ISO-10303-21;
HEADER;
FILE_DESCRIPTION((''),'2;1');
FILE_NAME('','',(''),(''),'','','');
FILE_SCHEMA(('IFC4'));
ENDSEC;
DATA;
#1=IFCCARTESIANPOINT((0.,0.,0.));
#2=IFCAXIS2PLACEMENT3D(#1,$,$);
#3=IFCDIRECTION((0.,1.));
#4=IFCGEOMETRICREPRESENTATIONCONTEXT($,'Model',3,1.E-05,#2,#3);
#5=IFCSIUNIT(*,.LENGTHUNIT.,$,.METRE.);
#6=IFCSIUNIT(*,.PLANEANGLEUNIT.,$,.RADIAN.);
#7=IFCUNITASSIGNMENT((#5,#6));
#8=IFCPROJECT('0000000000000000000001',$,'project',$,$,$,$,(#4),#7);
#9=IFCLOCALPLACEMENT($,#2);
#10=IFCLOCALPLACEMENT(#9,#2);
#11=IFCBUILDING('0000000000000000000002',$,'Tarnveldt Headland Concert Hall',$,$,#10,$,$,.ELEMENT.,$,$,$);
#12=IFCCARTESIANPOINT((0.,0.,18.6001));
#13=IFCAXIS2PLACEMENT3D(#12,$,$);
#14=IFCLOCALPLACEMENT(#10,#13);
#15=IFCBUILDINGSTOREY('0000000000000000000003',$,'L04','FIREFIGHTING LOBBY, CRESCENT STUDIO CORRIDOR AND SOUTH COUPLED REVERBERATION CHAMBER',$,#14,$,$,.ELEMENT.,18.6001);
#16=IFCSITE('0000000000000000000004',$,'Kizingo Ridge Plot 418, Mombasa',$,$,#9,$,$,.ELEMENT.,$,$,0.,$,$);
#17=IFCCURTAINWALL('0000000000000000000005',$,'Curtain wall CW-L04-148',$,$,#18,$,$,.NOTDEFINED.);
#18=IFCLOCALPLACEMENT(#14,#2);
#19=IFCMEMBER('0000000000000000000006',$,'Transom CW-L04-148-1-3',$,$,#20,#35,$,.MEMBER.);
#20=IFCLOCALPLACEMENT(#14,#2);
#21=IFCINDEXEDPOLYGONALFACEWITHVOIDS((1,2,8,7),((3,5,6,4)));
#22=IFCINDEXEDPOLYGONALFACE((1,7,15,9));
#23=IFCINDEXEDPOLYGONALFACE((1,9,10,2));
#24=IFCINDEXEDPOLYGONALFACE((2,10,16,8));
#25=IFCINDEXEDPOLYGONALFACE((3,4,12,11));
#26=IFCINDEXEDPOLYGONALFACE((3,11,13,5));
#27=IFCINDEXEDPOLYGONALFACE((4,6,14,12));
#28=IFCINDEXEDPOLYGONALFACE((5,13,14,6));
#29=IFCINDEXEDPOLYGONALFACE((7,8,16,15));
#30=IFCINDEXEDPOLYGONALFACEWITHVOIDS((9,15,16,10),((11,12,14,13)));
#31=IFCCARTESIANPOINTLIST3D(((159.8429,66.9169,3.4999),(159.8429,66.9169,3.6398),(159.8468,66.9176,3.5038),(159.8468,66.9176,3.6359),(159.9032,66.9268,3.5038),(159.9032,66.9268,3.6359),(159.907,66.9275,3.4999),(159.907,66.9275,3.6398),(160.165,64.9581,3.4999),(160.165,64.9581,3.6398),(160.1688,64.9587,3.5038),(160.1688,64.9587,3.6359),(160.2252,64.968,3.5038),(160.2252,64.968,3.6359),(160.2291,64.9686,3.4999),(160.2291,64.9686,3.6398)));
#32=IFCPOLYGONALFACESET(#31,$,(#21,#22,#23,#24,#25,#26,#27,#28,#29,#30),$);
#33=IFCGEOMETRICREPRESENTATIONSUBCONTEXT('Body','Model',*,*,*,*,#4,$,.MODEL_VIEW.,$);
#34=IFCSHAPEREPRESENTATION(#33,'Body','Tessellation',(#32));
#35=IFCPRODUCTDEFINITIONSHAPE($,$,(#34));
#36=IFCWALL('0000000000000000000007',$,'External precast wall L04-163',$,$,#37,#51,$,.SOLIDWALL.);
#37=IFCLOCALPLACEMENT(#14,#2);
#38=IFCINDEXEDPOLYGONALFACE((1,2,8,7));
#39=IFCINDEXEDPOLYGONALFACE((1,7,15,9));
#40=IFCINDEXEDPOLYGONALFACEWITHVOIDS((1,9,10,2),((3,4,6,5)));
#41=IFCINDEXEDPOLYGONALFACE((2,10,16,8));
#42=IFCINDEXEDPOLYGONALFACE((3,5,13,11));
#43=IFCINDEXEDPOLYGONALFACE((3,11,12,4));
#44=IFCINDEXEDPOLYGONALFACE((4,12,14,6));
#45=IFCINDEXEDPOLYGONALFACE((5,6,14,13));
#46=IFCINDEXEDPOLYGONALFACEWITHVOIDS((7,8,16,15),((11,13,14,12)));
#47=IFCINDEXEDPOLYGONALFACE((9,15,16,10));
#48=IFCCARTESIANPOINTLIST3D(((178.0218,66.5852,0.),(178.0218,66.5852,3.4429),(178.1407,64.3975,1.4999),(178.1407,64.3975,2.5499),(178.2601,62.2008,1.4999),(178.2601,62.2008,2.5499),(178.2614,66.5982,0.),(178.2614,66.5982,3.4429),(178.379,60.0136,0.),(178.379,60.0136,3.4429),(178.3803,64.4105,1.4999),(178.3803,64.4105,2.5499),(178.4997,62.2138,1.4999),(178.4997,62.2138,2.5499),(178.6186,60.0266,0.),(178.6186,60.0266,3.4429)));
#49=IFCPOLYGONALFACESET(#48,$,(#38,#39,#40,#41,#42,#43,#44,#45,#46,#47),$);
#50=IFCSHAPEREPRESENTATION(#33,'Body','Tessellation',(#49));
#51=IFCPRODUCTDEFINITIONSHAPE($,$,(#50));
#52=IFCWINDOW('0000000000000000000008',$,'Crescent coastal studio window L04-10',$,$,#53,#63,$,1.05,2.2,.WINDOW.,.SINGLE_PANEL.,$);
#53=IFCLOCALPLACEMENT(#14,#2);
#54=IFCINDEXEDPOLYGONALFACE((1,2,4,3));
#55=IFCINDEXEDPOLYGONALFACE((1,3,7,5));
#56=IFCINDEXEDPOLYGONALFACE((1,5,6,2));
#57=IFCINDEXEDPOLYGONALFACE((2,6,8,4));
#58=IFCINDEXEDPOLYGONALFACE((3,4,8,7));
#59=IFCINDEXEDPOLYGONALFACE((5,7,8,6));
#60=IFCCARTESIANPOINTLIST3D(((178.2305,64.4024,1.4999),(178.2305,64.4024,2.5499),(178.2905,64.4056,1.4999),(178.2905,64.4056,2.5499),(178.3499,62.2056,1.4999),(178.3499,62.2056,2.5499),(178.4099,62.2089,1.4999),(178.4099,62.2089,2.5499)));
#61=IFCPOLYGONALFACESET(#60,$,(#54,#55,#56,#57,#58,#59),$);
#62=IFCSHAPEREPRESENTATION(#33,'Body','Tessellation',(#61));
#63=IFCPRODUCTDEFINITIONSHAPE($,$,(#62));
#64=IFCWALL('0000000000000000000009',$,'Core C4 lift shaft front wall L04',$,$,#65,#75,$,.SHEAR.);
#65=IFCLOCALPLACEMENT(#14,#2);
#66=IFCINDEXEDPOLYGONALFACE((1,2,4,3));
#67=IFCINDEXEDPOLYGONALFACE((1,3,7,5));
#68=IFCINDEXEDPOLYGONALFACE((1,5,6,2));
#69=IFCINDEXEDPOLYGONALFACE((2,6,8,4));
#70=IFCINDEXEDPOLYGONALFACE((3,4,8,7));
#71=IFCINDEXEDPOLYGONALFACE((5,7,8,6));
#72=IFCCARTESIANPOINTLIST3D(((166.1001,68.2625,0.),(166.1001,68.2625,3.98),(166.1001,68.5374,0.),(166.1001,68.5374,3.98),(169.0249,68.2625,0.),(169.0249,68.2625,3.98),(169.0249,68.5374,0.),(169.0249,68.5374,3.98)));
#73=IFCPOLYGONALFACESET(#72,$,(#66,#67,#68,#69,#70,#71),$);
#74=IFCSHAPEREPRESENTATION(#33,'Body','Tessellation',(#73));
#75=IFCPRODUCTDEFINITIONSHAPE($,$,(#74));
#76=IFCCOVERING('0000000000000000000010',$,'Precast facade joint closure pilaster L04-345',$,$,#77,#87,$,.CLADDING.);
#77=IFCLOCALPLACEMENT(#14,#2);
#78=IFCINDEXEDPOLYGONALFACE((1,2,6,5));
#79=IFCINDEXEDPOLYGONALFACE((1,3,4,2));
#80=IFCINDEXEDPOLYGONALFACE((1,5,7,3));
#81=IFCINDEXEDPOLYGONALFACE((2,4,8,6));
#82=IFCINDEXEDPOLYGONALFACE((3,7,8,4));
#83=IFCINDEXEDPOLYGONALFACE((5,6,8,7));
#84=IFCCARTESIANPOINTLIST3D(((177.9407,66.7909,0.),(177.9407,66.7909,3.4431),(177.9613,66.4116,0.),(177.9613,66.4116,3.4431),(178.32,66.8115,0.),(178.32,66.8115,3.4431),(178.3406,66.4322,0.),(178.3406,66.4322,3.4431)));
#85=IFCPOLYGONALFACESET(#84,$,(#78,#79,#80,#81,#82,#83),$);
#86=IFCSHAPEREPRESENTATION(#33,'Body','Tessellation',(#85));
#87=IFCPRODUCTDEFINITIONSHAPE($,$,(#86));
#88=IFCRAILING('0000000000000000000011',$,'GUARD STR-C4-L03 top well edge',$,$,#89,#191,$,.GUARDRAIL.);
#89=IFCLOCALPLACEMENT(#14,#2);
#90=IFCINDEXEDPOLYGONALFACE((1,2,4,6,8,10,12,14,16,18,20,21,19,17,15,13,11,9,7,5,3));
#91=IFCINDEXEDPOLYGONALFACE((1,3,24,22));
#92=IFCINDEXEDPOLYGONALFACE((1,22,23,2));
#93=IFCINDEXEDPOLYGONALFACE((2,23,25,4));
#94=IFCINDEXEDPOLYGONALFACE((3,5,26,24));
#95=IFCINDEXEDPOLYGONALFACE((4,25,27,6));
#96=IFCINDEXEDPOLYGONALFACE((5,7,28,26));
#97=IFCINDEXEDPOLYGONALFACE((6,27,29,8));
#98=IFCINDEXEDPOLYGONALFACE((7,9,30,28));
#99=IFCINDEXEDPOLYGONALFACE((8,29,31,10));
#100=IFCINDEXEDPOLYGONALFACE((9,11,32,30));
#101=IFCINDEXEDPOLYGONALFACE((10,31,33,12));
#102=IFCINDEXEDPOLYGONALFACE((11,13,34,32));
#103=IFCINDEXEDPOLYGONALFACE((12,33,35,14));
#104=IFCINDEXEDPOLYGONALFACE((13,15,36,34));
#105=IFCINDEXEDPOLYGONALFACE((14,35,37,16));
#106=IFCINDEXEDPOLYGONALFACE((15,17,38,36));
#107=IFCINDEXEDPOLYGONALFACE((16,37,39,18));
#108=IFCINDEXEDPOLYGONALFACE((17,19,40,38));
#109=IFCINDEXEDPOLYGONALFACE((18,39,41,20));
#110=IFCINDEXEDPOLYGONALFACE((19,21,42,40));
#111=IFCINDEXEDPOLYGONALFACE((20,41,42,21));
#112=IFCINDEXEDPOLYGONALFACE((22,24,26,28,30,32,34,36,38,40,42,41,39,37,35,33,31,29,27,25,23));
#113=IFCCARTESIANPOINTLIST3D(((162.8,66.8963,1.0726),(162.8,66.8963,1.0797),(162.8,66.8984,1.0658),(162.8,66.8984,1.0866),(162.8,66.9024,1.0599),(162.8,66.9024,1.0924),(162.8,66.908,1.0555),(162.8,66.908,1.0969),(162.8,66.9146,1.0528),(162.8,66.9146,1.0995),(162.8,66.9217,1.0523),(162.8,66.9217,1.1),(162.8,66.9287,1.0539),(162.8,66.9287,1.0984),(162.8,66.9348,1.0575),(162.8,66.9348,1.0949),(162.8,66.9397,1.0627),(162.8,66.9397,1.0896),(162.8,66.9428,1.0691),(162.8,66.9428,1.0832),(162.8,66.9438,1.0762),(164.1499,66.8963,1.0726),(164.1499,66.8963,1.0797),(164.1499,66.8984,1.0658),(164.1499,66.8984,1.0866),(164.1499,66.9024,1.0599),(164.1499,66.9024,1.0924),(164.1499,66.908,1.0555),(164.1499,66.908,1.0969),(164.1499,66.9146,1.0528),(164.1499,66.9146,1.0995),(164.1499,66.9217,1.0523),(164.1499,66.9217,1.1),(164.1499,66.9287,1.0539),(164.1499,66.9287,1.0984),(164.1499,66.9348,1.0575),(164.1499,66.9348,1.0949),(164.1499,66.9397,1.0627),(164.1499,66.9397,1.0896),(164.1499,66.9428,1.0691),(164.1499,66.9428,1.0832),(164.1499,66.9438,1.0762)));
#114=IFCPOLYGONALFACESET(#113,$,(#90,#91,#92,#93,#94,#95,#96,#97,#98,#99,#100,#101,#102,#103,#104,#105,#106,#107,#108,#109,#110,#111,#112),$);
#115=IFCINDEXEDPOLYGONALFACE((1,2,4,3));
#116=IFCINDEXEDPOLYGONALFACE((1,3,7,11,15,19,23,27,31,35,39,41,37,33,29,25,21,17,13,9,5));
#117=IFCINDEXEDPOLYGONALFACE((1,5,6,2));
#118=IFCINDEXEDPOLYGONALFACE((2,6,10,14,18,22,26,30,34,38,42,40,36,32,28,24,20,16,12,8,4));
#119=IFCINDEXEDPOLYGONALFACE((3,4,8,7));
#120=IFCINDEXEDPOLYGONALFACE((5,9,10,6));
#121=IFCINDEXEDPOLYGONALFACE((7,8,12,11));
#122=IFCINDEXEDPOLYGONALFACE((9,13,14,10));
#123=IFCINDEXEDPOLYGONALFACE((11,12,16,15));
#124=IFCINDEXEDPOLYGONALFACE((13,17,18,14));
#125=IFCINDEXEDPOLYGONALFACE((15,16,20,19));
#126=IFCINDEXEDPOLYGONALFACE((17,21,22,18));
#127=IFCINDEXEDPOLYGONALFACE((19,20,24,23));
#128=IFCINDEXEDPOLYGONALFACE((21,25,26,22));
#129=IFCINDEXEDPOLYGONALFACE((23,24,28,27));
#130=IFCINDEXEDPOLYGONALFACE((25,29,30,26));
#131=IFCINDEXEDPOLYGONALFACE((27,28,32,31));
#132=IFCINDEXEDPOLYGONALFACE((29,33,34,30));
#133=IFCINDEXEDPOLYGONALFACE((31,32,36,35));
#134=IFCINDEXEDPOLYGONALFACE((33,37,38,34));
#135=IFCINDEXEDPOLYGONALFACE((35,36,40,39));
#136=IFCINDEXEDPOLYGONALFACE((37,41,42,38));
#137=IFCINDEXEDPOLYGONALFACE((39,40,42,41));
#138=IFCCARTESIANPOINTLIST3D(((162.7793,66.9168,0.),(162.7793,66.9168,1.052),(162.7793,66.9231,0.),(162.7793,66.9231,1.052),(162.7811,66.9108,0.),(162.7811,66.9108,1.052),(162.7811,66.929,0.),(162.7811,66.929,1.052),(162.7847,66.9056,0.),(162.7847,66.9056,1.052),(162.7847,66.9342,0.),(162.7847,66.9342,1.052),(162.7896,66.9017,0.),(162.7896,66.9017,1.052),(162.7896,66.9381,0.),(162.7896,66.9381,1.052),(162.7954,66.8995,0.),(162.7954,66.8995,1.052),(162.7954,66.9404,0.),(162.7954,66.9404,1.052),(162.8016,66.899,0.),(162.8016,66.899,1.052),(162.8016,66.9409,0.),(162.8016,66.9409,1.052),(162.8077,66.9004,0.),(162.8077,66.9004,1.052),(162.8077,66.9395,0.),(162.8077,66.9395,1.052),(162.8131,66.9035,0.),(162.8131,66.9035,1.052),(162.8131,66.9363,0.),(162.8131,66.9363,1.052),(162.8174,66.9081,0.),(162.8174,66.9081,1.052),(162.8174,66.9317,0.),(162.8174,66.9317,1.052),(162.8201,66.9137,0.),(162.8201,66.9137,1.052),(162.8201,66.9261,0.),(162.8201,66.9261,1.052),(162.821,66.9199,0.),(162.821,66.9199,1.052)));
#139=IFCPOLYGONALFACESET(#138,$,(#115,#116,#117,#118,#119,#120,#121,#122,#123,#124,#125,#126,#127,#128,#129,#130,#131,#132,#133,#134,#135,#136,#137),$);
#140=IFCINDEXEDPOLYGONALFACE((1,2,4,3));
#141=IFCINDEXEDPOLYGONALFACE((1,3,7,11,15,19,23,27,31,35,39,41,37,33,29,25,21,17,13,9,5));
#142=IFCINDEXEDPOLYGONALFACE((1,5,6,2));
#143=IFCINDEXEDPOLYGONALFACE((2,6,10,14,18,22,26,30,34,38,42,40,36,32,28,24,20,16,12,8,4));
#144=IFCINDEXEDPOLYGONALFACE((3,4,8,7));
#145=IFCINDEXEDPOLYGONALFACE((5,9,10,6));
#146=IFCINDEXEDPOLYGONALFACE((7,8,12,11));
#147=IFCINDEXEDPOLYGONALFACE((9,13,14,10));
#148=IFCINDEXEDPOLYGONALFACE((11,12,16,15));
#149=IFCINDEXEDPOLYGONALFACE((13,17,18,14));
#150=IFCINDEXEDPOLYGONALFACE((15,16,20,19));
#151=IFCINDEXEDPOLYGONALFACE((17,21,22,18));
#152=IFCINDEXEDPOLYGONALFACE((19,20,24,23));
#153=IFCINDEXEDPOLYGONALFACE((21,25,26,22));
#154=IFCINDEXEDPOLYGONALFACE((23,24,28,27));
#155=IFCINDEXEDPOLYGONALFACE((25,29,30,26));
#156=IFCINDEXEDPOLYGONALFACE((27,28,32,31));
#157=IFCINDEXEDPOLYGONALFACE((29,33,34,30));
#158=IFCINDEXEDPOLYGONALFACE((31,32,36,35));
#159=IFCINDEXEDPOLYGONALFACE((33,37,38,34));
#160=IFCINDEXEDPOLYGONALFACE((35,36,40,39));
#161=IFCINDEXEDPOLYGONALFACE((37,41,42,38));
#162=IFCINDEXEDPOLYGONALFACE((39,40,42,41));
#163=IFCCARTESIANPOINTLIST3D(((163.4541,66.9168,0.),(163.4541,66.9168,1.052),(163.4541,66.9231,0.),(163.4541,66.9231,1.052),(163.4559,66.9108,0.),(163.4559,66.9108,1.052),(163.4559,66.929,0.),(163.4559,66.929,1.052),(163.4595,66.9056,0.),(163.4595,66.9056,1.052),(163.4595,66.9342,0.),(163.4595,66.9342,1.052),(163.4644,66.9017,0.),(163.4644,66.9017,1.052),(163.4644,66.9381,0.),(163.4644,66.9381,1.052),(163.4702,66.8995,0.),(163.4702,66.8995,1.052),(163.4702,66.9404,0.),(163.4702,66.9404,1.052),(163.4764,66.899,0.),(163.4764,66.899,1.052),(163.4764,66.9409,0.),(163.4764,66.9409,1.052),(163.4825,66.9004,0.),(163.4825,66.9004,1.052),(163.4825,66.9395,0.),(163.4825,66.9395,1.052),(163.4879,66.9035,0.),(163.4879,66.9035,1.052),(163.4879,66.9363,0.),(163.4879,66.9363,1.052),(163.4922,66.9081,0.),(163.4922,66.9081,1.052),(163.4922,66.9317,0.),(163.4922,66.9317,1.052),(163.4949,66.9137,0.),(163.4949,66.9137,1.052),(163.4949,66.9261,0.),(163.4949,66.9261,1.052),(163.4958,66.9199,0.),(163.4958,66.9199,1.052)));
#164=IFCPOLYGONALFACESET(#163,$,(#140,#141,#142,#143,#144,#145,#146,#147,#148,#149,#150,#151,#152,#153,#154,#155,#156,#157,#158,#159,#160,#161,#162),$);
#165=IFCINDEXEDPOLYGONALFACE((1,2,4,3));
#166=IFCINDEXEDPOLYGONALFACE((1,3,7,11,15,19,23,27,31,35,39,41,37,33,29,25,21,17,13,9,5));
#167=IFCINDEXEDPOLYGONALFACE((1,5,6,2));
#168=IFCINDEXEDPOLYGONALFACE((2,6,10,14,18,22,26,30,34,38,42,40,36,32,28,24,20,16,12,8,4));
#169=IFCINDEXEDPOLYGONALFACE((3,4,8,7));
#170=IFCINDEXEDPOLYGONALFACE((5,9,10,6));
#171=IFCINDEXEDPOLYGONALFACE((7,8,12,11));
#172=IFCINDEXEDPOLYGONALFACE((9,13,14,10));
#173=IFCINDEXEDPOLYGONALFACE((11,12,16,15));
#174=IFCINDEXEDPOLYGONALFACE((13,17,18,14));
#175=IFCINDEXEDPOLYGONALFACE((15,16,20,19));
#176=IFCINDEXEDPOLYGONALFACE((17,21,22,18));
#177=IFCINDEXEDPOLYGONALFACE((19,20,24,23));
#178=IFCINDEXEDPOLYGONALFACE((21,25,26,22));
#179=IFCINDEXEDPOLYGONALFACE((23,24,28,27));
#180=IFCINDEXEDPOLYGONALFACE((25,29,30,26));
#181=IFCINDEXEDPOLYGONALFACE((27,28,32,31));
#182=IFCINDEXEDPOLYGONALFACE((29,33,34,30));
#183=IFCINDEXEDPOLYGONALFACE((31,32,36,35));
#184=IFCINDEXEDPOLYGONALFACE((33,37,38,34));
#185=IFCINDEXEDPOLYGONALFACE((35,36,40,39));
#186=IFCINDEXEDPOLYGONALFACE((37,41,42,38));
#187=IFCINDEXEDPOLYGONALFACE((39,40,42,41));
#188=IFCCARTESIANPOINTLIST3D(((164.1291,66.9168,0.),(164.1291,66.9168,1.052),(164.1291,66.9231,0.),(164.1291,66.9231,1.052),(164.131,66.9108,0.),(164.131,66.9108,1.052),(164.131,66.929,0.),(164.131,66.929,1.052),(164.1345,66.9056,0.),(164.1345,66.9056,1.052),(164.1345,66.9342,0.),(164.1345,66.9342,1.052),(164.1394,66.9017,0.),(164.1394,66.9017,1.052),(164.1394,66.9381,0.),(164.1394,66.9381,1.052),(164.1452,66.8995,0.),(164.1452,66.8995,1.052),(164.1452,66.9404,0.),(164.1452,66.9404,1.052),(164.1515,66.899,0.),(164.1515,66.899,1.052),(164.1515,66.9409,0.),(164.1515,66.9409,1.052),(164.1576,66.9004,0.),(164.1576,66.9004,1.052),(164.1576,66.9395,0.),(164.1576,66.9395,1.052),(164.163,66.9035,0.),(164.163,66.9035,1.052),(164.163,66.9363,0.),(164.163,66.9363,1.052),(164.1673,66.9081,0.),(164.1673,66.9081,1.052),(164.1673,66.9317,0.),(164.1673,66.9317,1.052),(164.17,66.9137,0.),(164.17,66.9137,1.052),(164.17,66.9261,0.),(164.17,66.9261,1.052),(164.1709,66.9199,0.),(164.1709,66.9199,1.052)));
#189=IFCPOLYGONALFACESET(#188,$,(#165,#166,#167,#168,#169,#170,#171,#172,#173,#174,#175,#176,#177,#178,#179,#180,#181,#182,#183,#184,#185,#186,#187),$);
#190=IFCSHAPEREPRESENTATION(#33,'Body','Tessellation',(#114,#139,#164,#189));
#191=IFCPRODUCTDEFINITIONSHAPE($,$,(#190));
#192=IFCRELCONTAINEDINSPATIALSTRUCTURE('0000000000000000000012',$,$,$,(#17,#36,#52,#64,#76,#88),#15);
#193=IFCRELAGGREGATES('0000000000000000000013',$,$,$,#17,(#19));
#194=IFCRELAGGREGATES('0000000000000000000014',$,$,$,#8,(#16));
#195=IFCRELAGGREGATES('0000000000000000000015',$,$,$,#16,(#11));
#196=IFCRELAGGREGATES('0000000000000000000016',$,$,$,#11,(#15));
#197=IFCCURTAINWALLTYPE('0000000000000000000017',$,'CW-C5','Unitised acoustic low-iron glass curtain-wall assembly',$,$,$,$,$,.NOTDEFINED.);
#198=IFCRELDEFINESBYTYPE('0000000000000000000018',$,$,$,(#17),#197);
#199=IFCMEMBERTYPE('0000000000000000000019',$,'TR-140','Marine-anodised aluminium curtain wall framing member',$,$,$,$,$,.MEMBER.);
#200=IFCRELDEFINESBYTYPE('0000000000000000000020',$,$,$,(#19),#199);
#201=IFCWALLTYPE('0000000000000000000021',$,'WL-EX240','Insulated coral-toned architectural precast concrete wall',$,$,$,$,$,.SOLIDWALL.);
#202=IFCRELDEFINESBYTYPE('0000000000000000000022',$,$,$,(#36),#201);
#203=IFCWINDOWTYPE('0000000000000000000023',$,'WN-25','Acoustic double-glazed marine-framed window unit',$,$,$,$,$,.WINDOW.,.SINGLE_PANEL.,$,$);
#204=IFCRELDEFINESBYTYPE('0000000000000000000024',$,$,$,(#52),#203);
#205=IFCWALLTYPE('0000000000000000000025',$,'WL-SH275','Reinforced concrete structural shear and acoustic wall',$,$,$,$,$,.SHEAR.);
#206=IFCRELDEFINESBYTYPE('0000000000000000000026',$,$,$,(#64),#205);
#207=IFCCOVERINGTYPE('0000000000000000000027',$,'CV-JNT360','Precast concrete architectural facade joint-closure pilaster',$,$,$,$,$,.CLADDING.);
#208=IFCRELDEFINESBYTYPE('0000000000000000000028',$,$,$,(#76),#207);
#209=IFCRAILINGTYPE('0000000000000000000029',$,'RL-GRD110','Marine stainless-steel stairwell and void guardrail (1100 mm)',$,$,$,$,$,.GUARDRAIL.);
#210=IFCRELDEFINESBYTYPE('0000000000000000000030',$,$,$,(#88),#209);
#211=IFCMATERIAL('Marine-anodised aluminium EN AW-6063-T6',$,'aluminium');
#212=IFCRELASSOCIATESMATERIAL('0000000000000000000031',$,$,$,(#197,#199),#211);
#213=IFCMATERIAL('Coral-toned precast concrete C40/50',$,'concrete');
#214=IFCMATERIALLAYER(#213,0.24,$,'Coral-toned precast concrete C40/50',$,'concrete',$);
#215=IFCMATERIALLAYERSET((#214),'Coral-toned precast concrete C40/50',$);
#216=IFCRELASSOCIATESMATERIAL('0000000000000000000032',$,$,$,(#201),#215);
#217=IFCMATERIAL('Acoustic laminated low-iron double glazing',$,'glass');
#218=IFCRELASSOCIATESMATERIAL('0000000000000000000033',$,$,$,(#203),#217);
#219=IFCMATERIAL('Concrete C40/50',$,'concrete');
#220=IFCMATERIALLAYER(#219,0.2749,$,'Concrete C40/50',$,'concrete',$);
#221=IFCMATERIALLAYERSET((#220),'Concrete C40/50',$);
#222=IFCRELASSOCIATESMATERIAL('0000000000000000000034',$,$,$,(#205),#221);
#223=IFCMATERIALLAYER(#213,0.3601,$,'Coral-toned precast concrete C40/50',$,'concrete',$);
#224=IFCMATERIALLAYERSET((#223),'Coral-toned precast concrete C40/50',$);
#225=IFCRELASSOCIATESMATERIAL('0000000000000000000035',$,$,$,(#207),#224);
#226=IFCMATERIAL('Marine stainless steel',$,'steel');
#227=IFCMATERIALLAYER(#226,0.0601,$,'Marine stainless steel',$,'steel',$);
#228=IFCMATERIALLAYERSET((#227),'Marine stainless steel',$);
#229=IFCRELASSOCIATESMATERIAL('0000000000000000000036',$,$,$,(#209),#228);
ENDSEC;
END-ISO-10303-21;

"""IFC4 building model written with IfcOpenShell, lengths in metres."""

from ifc_helpers import new_model, si_unit, direction, frame, frame_2d, origin, origin_2d, place, context, subcontext, project, spatial, rectangle, hollow_rectangle, circle, extrude, material, layer, layer_set, material_profile, profile_set, type_object, element, fill, aggregate, save


model = new_model("IFC4")

# Units and contexts
model_context = context("Model", 3, precision=1e-05, world=origin(), true_north=direction((0.0, 1.0)))
body_context = subcontext(model_context, "Body", "Model", "MODEL_VIEW")
ifc_project = project(units=[si_unit("LENGTHUNIT", "METRE"), si_unit("PLANEANGLEUNIT", "RADIAN")], contexts=[model_context])

# Site, building, storey
site_placement = place(None, origin())
site = spatial("IfcSite", under=ifc_project, at=site_placement, Name="Kizingo Ridge Plot 418, Mombasa", CompositionType="ELEMENT", RefElevation=0.0)
building_placement = place(site_placement, origin())
building = spatial("IfcBuilding", under=site, at=building_placement, Name="Tarnveldt Headland Concert Hall", CompositionType="ELEMENT")
storey_placement = place(building_placement, frame((0.0, 0.0, 18.6001)))
storey = spatial("IfcBuildingStorey", under=building, at=storey_placement, Name="L04", Description="FIREFIGHTING LOBBY, CRESCENT STUDIO CORRIDOR AND SOUTH COUPLED REVERBERATION CHAMBER", CompositionType="ELEMENT", Elevation=18.6001)

# Curtain wall
ifc_material_1 = material(Name="Marine-anodised aluminium EN AW-6063-T6", Category="aluminium")
curtain_wall_type = type_object("IfcCurtainWallType", Name="CW-C5", Description="Unitised acoustic low-iron glass curtain-wall assembly", PredefinedType="NOTDEFINED", material=ifc_material_1)
curtain_wall_placement = place(storey_placement, origin())
curtain_wall = element("IfcCurtainWall", 1, at=curtain_wall_placement, inside=storey, type_object=curtain_wall_type, Name="Curtain wall CW-L04-148", PredefinedType="NOTDEFINED")

# Member
ifc_material_profile_1 = material_profile(ifc_material_1, hollow_rectangle(XDim=0.0649, YDim=0.1399, WallThickness=0.0039, at=origin_2d()), Name="ALU TRANSOM 65x140x4", Category="aluminium")
ifc_profile_set_1 = profile_set([ifc_material_profile_1], Name="Marine-anodised aluminium EN AW-6063-T6")
member_type_1 = type_object("IfcMemberType", Name="TR-140", Description="Marine-anodised aluminium curtain wall framing member", PredefinedType="MEMBER", material=ifc_profile_set_1)
member_1_placement = place(storey_placement, frame((160.197, 64.9634, 3.5698), z_axis=(-0.162225, 0.986754, 0.0), x_axis=(-0.986754, -0.162225, 0.0)))
member_1 = element("IfcMember", 2, at=member_1_placement, type_object=member_type_1, Name="Transom CW-L04-148-1-3", PredefinedType="MEMBER", context=body_context, shape_type="SweptSolid", body=[
    extrude(hollow_rectangle(XDim=0.0649, YDim=0.1399, WallThickness=0.0039, at=origin_2d()), origin(), (0.0, 0.0, 1.0), 1.9851),
])
aggregate(curtain_wall, [member_1])

# Wall, opening, window
ifc_material_2 = material(Name="Coral-toned precast concrete C40/50", Category="concrete")
ifc_layer_1 = layer(ifc_material_2, 0.24, Name="Coral-toned precast concrete C40/50", Category="concrete")
ifc_layer_set_1 = layer_set([ifc_layer_1], Name="Coral-toned precast concrete C40/50")
wall_type_1 = type_object("IfcWallType", Name="WL-EX240", Description="Insulated coral-toned architectural precast concrete wall", PredefinedType="SOLIDWALL", material=ifc_layer_set_1)
wall_1_placement = place(storey_placement, frame((178.1416, 66.5916, 0.0), z_axis=(0.0, 0.0, 1.0), x_axis=(0.054272, -0.998526, 0.0)))
wall_1 = element("IfcWall", 3, at=wall_1_placement, inside=storey, type_object=wall_type_1, Name="External precast wall L04-163", PredefinedType="SOLIDWALL", context=body_context, shape_type="SweptSolid", body=[
    extrude(rectangle(XDim=6.5813, YDim=0.24, at=frame_2d((3.2905, 0.0))), origin(), (0.0, 0.0, 1.0), 3.4429),
])
opening_1_placement = place(wall_1_placement, frame((2.1907, 0.0, 1.5)))
opening_1 = element("IfcOpeningElement", 4, at=opening_1_placement, cuts=wall_1, PredefinedType="OPENING", context=body_context, shape_type="SweptSolid", body=[
    extrude(rectangle(XDim=2.2, YDim=1.05, at=frame_2d((1.1001, 0.5249))), frame((0.0, 0.1299, 0.0), z_axis=(0.0, -1.0, 0.0), x_axis=(1.0, 0.0, 0.0)), (0.0, 0.0, 1.0), 0.26),
])
ifc_material_3 = material(Name="Acoustic laminated low-iron double glazing", Category="glass")
window_type = type_object("IfcWindowType", Name="WN-25", Description="Acoustic double-glazed marine-framed window unit", PartitioningType="SINGLE_PANEL", PredefinedType="WINDOW", material=ifc_material_3)
window_placement = place(opening_1_placement, origin())
window = element("IfcWindow", 5, at=window_placement, inside=storey, type_object=window_type, Name="Crescent coastal studio window L04-10", OverallHeight=1.05, OverallWidth=2.2, PartitioningType="SINGLE_PANEL", PredefinedType="WINDOW", context=body_context, shape_type="SweptSolid", body=[
    extrude(rectangle(XDim=2.2, YDim=1.05, at=frame_2d((1.1001, 0.5249))), frame((0.0, 0.03, 0.0), z_axis=(0.0, -1.0, 0.0), x_axis=(1.0, 0.0, 0.0)), (0.0, 0.0, 1.0), 0.0601),
])
fill(opening_1, window)

# Shared definitions
ifc_material_4 = material(Name="Concrete C40/50", Category="concrete")
ifc_layer_2 = layer(ifc_material_4, 0.2749, Name="Concrete C40/50", Category="concrete")
ifc_layer_set_2 = layer_set([ifc_layer_2], Name="Concrete C40/50")
wall_type_2 = type_object("IfcWallType", Name="WL-SH275", Description="Reinforced concrete structural shear and acoustic wall", PredefinedType="SHEAR", material=ifc_layer_set_2)

# Wall
wall_2_placement = place(storey_placement, frame((166.1001, 68.3999, 0.0), z_axis=(0.0, 0.0, 1.0), x_axis=(1.0, 0.0, 0.0)))
element("IfcWall", 6, at=wall_2_placement, inside=storey, type_object=wall_type_2, Name="Core C4 lift shaft front wall L04", PredefinedType="SHEAR", context=body_context, shape_type="SweptSolid", body=[
    extrude(rectangle(XDim=2.9248, YDim=0.2749, at=frame_2d((1.4624, 0.0))), origin(), (0.0, 0.0, 1.0), 3.98),
])

# Covering
ifc_layer_3 = layer(ifc_material_2, 0.3601, Name="Coral-toned precast concrete C40/50", Category="concrete")
ifc_layer_set_3 = layer_set([ifc_layer_3], Name="Coral-toned precast concrete C40/50")
covering_type = type_object("IfcCoveringType", Name="CV-JNT360", Description="Precast concrete architectural facade joint-closure pilaster", PredefinedType="CLADDING", material=ifc_layer_set_3)
covering_placement = place(storey_placement, frame((178.1406, 66.6116, 0.0), z_axis=(0.0, 0.0, 1.0), x_axis=(0.054253, -0.998527, 0.0)))
element("IfcCovering", 7, at=covering_placement, inside=storey, type_object=covering_type, Name="Precast facade joint closure pilaster L04-345", PredefinedType="CLADDING", context=body_context, shape_type="SweptSolid", body=[
    extrude(rectangle(XDim=0.3799, YDim=0.3799, at=origin_2d()), origin(), (0.0, 0.0, 1.0), 3.4431),
])

# Railing
ifc_material_5 = material(Name="Marine stainless steel", Category="steel")
ifc_layer_4 = layer(ifc_material_5, 0.0601, Name="Marine stainless steel", Category="steel")
ifc_layer_set_4 = layer_set([ifc_layer_4], Name="Marine stainless steel")
railing_type = type_object("IfcRailingType", Name="RL-GRD110", Description="Marine stainless-steel stairwell and void guardrail (1100 mm)", PredefinedType="GUARDRAIL", material=ifc_layer_set_4)
railing_placement = place(storey_placement, frame((162.8, 66.9199, 0.0)))
element("IfcRailing", 8, at=railing_placement, inside=storey, type_object=railing_type, Name="GUARD STR-C4-L03 top well edge", PredefinedType="GUARDRAIL", context=body_context, shape_type="SweptSolid", body=[
    extrude(circle(Radius=0.0239, at=origin_2d()), frame((0.0, 0.0, 1.0762), z_axis=(1.0, 0.0, 0.0), x_axis=(0.0, 1.0, 0.0)), (0.0, 0.0, 1.0), 1.3499),
    extrude(circle(Radius=0.021, at=origin_2d()), origin(), (0.0, 0.0, 1.0), 1.052),
    extrude(circle(Radius=0.021, at=origin_2d()), frame((0.6748, 0.0, 0.0)), (0.0, 0.0, 1.0), 1.052),
    extrude(circle(Radius=0.021, at=origin_2d()), frame((1.3499, 0.0, 0.0)), (0.0, 0.0, 1.0), 1.052),
])

save(model, "model.ifc")
